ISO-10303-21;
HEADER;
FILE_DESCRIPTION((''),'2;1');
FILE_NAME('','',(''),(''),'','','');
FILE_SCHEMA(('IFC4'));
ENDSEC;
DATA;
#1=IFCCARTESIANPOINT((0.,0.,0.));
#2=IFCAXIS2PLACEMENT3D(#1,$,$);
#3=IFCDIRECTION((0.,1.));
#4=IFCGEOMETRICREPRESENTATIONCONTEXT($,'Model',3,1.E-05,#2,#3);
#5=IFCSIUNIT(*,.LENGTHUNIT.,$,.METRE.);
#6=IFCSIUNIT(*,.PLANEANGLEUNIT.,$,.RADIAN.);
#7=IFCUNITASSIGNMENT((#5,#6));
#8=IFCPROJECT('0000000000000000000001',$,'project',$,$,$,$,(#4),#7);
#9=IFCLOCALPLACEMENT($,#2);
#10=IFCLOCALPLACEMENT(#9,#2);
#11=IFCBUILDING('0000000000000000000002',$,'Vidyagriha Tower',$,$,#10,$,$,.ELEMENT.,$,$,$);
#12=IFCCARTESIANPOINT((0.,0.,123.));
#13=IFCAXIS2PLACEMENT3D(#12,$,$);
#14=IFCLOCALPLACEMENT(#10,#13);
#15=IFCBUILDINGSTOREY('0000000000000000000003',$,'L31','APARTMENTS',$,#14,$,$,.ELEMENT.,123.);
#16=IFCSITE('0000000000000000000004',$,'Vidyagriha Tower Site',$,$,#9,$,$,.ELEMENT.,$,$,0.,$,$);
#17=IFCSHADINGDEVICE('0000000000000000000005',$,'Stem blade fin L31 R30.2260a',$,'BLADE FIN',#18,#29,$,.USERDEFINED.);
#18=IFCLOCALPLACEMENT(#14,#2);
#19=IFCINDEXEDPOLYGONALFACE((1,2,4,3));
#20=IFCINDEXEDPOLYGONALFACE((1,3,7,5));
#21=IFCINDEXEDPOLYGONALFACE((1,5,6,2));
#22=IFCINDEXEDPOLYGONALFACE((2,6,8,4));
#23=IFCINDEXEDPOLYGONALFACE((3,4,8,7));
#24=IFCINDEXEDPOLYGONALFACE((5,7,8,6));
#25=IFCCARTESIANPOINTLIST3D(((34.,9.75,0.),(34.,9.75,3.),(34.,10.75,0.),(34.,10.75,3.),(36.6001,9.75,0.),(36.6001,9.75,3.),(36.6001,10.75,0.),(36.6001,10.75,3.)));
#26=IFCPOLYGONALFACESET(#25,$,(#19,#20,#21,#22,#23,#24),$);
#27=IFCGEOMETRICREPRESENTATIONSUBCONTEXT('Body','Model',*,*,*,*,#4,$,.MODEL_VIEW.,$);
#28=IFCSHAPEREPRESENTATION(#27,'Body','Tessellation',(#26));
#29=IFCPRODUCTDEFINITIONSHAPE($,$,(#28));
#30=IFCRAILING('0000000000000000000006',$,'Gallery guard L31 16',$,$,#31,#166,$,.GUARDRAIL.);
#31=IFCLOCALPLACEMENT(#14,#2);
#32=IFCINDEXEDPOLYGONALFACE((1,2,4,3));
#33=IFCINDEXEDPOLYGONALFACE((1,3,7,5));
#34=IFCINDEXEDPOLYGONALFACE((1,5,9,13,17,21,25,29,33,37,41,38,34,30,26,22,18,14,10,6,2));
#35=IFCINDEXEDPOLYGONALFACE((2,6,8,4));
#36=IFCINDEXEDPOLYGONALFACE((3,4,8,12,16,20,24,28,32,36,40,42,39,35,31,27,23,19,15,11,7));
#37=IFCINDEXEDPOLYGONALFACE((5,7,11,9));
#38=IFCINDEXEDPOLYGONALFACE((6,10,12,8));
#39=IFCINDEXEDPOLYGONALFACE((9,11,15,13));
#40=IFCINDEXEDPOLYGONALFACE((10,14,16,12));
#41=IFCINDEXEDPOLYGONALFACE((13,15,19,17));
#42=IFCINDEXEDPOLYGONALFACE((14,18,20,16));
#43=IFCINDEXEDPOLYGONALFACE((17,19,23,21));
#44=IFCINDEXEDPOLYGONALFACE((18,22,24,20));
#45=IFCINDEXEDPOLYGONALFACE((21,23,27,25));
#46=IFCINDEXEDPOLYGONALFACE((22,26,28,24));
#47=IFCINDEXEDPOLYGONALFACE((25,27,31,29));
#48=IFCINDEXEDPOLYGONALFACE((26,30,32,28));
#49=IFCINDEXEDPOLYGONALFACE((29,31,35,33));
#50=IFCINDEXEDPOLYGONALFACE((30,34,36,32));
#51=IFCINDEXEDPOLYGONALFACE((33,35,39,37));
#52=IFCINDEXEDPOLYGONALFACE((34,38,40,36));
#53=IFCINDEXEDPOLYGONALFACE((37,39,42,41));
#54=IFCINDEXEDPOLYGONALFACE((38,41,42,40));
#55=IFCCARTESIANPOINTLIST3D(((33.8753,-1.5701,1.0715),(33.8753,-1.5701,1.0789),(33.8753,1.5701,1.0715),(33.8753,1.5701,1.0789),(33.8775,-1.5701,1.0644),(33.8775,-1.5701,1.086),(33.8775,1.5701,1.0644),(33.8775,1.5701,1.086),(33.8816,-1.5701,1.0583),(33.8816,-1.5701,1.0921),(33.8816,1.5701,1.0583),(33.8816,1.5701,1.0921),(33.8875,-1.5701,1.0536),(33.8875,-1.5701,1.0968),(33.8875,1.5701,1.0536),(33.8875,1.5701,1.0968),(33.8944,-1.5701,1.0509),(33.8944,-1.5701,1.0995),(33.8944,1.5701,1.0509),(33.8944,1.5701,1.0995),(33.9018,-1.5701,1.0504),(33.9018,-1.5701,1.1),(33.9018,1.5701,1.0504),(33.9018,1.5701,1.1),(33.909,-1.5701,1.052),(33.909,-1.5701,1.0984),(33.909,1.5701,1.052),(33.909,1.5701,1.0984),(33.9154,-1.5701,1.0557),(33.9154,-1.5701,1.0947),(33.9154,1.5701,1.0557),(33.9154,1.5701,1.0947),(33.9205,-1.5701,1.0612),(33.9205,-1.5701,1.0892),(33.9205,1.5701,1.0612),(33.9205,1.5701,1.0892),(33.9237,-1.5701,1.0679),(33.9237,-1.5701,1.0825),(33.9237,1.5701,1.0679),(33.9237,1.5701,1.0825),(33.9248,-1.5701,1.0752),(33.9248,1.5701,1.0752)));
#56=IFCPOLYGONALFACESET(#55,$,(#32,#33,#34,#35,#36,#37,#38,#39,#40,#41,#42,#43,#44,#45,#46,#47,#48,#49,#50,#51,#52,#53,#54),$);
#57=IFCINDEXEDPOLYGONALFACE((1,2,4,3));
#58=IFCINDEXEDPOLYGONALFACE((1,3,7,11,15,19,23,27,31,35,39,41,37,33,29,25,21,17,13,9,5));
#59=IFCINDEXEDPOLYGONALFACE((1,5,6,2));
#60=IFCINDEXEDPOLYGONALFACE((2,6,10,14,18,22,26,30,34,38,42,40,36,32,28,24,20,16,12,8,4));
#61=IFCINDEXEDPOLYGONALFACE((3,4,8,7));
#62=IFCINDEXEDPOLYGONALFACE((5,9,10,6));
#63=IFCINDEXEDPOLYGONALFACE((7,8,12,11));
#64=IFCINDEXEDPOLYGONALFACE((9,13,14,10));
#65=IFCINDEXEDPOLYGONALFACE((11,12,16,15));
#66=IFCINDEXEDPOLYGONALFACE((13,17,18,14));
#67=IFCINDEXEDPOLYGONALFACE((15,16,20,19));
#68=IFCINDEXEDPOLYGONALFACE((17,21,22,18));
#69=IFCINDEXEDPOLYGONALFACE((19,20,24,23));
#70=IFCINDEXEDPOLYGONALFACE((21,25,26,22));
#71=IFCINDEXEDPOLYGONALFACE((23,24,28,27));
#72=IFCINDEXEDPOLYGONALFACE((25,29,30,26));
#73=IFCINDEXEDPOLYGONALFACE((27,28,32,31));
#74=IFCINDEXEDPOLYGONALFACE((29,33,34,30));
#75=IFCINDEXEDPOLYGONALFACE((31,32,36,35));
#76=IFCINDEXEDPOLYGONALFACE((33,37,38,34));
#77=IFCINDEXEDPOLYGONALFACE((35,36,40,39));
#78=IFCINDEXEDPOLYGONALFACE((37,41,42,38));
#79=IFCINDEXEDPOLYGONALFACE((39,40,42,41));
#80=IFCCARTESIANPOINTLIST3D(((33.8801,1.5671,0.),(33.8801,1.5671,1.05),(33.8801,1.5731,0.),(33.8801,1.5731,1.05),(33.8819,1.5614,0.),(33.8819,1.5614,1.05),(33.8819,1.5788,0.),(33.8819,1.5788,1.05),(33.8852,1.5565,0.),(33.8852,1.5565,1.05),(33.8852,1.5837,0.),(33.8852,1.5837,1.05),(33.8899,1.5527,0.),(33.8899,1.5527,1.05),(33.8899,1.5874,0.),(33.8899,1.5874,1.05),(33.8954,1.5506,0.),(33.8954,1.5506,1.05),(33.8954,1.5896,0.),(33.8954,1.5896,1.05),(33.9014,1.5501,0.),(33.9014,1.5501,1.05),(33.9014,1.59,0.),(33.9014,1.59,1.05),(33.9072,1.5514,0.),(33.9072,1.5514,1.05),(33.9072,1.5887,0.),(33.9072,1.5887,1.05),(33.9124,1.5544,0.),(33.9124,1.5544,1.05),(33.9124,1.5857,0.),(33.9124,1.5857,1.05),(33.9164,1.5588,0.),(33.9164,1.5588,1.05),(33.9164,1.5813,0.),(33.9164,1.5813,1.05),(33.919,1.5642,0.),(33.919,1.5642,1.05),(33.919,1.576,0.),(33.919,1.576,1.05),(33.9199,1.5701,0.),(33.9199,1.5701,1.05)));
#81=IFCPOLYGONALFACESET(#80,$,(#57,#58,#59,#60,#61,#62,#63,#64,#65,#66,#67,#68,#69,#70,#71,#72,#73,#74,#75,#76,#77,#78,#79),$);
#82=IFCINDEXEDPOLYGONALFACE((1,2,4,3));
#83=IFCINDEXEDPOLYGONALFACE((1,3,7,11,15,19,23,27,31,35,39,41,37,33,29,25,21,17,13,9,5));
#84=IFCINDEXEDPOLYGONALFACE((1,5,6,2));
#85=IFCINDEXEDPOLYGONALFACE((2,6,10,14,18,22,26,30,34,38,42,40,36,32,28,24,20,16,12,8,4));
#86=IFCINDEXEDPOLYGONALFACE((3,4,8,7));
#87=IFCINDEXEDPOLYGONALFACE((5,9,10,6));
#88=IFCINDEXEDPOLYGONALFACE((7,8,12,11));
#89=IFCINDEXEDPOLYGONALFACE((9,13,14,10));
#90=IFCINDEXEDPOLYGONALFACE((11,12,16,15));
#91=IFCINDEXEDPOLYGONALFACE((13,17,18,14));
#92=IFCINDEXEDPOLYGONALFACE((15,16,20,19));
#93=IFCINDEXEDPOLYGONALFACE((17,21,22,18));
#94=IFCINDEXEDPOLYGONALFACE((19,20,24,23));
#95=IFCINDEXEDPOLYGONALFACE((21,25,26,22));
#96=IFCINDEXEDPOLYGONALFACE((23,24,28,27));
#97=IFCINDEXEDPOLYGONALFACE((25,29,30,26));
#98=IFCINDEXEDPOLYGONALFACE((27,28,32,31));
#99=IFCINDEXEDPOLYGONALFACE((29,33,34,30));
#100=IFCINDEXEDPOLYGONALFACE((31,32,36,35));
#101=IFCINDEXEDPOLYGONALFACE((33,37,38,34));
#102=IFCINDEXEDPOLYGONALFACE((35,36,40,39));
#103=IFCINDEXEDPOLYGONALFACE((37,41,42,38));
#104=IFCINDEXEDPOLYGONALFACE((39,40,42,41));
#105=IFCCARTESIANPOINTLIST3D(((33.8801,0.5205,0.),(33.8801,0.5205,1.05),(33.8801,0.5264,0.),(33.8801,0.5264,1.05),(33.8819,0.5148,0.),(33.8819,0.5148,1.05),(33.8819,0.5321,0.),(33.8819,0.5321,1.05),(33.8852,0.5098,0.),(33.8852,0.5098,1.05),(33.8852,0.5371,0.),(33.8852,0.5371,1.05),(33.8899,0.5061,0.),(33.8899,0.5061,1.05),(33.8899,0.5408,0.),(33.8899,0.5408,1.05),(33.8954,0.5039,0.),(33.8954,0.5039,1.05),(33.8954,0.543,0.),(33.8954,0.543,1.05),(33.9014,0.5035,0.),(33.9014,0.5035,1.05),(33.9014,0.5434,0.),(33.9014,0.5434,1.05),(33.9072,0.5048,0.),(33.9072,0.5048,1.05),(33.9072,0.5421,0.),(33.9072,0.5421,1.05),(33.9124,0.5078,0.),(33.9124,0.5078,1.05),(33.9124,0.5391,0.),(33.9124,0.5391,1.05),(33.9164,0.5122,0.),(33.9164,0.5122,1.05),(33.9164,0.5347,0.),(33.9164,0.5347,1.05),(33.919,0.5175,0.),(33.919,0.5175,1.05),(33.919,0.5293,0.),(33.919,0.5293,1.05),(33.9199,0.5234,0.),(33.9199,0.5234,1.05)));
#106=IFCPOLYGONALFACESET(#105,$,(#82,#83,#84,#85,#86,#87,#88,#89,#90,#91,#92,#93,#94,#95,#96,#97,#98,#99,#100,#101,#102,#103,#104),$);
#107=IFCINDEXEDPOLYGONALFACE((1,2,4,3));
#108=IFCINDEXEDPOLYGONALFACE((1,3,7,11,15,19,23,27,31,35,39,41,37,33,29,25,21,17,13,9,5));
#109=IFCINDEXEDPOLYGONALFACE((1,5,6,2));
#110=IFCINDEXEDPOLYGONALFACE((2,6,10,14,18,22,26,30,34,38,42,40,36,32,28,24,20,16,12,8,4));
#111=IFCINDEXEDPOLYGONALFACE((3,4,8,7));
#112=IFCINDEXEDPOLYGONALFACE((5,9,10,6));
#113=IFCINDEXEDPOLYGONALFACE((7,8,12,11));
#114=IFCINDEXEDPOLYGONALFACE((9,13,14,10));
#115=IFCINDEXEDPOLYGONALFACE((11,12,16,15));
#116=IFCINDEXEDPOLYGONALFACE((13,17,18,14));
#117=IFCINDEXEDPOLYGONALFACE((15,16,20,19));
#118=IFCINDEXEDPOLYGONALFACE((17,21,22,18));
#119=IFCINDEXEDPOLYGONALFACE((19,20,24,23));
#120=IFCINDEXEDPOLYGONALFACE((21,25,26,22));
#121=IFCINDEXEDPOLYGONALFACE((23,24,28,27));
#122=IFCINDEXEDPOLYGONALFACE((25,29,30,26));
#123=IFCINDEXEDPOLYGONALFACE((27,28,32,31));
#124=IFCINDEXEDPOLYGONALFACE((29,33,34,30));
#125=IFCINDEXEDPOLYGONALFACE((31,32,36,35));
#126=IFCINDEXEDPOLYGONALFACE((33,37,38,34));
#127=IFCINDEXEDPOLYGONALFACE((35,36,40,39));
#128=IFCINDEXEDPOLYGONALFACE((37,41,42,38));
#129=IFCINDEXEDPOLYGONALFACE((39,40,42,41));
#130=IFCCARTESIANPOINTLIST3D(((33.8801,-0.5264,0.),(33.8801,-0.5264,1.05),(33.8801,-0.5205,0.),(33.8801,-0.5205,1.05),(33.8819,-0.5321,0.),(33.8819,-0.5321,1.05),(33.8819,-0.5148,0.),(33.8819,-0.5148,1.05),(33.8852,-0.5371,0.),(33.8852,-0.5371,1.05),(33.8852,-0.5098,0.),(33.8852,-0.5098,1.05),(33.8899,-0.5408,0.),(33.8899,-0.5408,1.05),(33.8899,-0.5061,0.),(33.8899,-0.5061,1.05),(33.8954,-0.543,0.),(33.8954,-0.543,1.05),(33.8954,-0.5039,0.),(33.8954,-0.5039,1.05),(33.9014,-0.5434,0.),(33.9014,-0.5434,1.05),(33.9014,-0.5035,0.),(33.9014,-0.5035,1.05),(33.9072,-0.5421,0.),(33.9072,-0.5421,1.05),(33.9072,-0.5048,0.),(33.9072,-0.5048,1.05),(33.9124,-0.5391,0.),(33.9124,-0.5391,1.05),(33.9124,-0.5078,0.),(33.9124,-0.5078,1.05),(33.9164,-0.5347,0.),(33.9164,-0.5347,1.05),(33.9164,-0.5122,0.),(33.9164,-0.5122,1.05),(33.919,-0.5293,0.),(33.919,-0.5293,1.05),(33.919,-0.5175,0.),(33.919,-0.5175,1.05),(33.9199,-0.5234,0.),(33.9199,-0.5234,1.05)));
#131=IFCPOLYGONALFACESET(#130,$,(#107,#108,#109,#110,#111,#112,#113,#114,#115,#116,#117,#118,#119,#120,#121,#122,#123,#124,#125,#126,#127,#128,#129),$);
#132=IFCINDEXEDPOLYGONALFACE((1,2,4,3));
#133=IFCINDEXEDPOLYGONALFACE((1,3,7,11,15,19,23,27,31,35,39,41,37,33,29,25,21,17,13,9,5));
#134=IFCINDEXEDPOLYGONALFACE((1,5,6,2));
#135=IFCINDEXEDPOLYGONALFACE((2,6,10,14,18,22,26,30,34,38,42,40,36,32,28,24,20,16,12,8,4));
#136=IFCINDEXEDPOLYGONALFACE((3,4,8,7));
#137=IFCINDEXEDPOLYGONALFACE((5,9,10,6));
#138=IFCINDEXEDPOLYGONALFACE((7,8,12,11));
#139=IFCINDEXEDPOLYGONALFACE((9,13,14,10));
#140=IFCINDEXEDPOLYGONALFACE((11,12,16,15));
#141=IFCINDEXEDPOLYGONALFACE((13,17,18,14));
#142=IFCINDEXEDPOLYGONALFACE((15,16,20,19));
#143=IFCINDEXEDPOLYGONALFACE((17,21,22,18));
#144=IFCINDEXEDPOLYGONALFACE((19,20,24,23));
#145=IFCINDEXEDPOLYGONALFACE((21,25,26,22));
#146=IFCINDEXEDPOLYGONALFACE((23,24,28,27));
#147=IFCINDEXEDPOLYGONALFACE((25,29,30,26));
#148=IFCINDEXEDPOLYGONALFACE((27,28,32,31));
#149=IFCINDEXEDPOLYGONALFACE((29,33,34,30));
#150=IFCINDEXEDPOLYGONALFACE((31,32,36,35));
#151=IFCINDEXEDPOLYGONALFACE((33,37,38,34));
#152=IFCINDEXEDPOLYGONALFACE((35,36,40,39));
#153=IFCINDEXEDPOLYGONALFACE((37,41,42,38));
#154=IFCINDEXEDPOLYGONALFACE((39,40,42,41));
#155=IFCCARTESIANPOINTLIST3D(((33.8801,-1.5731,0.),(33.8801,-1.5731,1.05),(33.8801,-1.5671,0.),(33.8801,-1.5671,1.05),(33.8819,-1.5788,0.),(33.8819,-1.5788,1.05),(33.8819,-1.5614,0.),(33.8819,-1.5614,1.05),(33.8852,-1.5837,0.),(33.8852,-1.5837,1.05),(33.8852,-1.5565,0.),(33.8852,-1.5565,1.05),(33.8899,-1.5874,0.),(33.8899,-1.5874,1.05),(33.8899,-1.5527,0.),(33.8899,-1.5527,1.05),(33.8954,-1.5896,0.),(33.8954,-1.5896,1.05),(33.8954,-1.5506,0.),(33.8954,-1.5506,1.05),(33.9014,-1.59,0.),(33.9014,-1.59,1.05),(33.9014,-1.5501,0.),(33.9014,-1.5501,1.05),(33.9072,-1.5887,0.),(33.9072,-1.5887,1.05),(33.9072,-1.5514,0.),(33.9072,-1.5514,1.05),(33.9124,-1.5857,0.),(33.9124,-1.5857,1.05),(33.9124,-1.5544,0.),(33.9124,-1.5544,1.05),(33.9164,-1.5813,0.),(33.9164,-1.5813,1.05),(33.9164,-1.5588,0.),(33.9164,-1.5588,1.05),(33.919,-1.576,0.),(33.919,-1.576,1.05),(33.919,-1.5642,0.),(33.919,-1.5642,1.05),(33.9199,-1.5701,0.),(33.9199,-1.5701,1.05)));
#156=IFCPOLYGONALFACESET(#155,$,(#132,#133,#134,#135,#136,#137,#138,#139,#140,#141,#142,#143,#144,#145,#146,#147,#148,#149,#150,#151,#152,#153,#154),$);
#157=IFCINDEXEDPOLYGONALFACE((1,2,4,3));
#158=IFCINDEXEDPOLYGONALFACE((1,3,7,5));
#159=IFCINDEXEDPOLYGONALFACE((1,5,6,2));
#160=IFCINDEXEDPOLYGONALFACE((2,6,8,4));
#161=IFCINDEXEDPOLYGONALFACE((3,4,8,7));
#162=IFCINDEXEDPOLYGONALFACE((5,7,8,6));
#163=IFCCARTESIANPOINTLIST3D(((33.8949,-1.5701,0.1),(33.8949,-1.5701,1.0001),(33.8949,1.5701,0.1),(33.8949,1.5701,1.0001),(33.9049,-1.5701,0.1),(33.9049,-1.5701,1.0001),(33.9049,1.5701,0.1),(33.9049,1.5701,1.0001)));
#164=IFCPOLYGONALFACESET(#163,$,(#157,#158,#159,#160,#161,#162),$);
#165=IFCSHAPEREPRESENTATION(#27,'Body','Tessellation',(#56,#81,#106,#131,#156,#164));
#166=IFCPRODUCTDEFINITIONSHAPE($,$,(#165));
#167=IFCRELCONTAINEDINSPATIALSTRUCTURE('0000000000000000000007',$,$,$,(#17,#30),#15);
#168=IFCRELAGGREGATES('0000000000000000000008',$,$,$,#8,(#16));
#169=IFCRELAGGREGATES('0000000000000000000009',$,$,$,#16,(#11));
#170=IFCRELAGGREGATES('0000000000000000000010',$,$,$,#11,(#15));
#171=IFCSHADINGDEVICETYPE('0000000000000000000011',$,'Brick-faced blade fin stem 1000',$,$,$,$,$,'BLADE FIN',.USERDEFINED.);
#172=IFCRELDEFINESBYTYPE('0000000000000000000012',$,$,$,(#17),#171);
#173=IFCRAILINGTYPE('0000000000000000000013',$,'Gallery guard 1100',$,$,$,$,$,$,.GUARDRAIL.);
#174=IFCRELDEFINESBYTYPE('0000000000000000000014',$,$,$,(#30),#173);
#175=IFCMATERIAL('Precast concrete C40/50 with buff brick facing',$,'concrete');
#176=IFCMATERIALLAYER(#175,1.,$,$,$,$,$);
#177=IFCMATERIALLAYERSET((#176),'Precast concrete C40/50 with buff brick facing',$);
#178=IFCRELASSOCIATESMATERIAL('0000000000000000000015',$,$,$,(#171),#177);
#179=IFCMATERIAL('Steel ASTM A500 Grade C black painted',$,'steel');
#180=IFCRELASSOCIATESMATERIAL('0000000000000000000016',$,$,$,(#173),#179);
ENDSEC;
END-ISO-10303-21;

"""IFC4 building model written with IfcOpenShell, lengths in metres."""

from ifc_helpers import new_model, si_unit, direction, frame, origin, origin_2d, place, context, subcontext, project, spatial, polyline, rectangle, circle, outline, extrude, material, layer, layer_set, type_object, element, save


model = new_model("IFC4")

# Units and contexts
model_context = context("Model", 3, precision=1e-05, world=origin(), true_north=direction((0.0, 1.0)))
body_context = subcontext(model_context, "Body", "Model", "MODEL_VIEW")
ifc_project = project(units=[si_unit("LENGTHUNIT", "METRE"), si_unit("PLANEANGLEUNIT", "RADIAN")], contexts=[model_context])

# Site, building, storey
site_placement = place(None, origin())
site = spatial("IfcSite", under=ifc_project, at=site_placement, Name="Vidyagriha Tower Site", CompositionType="ELEMENT", RefElevation=0.0)
building_placement = place(site_placement, origin())
building = spatial("IfcBuilding", under=site, at=building_placement, Name="Vidyagriha Tower", CompositionType="ELEMENT")
storey_placement = place(building_placement, frame((0.0, 0.0, 123.0)))
storey = spatial("IfcBuildingStorey", under=building, at=storey_placement, Name="L31", Description="APARTMENTS", CompositionType="ELEMENT", Elevation=123.0)

# Shading device
ifc_material_1 = material(Name="Precast concrete C40/50 with buff brick facing", Category="concrete")
ifc_layer_1 = layer(ifc_material_1, 1.0)
ifc_layer_set_1 = layer_set([ifc_layer_1], Name="Precast concrete C40/50 with buff brick facing")
shading_device_type_1 = type_object("IfcShadingDeviceType", Name="Brick-faced blade fin stem 1000", ElementType="BLADE FIN", PredefinedType="USERDEFINED", material=ifc_layer_set_1)
shading_device_1_placement = place(storey_placement, frame((35.3, 9.75, 0.0), z_axis=(0.0, 0.0, 1.0), x_axis=(0.0, 1.0, 0.0)))
element("IfcShadingDevice", 1, at=shading_device_1_placement, inside=storey, type_object=shading_device_type_1, Name="Stem blade fin L31 R30.2260a", ObjectType="BLADE FIN", PredefinedType="USERDEFINED", context=body_context, shape_type="SweptSolid", body=[
    extrude(outline(polyline([(0.0, 0.0), (1.0, 0.0), (1.0, 3.0), (0.0, 3.0), (0.0, 0.0)])), frame((0.0, 1.3, 0.0), z_axis=(0.0, -1.0, 0.0), x_axis=(1.0, 0.0, 0.0)), (0.0, 0.0, 1.0), 2.6001),
])

# Railing
ifc_material_2 = material(Name="Steel ASTM A500 Grade C black painted", Category="steel")
railing_type_1 = type_object("IfcRailingType", Name="Gallery guard 1100", PredefinedType="GUARDRAIL", material=ifc_material_2)
railing_1_placement = place(storey_placement, frame((33.8999, 1.5701, 0.0)))
element("IfcRailing", 2, at=railing_1_placement, inside=storey, type_object=railing_type_1, Name="Gallery guard L31 16", PredefinedType="GUARDRAIL", context=body_context, shape_type="SweptSolid", body=[
    extrude(circle(Radius=0.0249, at=origin_2d()), frame((0.0, 0.0, 1.0752), z_axis=(0.0, -1.0, 0.0), x_axis=(1.0, 0.0, 0.0)), (0.0, 0.0, 1.0), 3.1401),
    extrude(circle(Radius=0.02, at=origin_2d()), origin(), (0.0, 0.0, 1.0), 1.05),
    extrude(circle(Radius=0.02, at=origin_2d()), frame((0.0, -1.0466, 0.0)), (0.0, 0.0, 1.0), 1.05),
    extrude(circle(Radius=0.02, at=origin_2d()), frame((0.0, -2.0935, 0.0)), (0.0, 0.0, 1.0), 1.05),
    extrude(circle(Radius=0.02, at=origin_2d()), frame((0.0, -3.1401, 0.0)), (0.0, 0.0, 1.0), 1.05),
    extrude(rectangle(XDim=0.01, YDim=0.9001, at=origin_2d()), frame((0.0, 0.0, 0.55), z_axis=(0.0, -1.0, 0.0), x_axis=(1.0, 0.0, 0.0)), (0.0, 0.0, 1.0), 3.1401),
])

save(model, "model.ifc")
